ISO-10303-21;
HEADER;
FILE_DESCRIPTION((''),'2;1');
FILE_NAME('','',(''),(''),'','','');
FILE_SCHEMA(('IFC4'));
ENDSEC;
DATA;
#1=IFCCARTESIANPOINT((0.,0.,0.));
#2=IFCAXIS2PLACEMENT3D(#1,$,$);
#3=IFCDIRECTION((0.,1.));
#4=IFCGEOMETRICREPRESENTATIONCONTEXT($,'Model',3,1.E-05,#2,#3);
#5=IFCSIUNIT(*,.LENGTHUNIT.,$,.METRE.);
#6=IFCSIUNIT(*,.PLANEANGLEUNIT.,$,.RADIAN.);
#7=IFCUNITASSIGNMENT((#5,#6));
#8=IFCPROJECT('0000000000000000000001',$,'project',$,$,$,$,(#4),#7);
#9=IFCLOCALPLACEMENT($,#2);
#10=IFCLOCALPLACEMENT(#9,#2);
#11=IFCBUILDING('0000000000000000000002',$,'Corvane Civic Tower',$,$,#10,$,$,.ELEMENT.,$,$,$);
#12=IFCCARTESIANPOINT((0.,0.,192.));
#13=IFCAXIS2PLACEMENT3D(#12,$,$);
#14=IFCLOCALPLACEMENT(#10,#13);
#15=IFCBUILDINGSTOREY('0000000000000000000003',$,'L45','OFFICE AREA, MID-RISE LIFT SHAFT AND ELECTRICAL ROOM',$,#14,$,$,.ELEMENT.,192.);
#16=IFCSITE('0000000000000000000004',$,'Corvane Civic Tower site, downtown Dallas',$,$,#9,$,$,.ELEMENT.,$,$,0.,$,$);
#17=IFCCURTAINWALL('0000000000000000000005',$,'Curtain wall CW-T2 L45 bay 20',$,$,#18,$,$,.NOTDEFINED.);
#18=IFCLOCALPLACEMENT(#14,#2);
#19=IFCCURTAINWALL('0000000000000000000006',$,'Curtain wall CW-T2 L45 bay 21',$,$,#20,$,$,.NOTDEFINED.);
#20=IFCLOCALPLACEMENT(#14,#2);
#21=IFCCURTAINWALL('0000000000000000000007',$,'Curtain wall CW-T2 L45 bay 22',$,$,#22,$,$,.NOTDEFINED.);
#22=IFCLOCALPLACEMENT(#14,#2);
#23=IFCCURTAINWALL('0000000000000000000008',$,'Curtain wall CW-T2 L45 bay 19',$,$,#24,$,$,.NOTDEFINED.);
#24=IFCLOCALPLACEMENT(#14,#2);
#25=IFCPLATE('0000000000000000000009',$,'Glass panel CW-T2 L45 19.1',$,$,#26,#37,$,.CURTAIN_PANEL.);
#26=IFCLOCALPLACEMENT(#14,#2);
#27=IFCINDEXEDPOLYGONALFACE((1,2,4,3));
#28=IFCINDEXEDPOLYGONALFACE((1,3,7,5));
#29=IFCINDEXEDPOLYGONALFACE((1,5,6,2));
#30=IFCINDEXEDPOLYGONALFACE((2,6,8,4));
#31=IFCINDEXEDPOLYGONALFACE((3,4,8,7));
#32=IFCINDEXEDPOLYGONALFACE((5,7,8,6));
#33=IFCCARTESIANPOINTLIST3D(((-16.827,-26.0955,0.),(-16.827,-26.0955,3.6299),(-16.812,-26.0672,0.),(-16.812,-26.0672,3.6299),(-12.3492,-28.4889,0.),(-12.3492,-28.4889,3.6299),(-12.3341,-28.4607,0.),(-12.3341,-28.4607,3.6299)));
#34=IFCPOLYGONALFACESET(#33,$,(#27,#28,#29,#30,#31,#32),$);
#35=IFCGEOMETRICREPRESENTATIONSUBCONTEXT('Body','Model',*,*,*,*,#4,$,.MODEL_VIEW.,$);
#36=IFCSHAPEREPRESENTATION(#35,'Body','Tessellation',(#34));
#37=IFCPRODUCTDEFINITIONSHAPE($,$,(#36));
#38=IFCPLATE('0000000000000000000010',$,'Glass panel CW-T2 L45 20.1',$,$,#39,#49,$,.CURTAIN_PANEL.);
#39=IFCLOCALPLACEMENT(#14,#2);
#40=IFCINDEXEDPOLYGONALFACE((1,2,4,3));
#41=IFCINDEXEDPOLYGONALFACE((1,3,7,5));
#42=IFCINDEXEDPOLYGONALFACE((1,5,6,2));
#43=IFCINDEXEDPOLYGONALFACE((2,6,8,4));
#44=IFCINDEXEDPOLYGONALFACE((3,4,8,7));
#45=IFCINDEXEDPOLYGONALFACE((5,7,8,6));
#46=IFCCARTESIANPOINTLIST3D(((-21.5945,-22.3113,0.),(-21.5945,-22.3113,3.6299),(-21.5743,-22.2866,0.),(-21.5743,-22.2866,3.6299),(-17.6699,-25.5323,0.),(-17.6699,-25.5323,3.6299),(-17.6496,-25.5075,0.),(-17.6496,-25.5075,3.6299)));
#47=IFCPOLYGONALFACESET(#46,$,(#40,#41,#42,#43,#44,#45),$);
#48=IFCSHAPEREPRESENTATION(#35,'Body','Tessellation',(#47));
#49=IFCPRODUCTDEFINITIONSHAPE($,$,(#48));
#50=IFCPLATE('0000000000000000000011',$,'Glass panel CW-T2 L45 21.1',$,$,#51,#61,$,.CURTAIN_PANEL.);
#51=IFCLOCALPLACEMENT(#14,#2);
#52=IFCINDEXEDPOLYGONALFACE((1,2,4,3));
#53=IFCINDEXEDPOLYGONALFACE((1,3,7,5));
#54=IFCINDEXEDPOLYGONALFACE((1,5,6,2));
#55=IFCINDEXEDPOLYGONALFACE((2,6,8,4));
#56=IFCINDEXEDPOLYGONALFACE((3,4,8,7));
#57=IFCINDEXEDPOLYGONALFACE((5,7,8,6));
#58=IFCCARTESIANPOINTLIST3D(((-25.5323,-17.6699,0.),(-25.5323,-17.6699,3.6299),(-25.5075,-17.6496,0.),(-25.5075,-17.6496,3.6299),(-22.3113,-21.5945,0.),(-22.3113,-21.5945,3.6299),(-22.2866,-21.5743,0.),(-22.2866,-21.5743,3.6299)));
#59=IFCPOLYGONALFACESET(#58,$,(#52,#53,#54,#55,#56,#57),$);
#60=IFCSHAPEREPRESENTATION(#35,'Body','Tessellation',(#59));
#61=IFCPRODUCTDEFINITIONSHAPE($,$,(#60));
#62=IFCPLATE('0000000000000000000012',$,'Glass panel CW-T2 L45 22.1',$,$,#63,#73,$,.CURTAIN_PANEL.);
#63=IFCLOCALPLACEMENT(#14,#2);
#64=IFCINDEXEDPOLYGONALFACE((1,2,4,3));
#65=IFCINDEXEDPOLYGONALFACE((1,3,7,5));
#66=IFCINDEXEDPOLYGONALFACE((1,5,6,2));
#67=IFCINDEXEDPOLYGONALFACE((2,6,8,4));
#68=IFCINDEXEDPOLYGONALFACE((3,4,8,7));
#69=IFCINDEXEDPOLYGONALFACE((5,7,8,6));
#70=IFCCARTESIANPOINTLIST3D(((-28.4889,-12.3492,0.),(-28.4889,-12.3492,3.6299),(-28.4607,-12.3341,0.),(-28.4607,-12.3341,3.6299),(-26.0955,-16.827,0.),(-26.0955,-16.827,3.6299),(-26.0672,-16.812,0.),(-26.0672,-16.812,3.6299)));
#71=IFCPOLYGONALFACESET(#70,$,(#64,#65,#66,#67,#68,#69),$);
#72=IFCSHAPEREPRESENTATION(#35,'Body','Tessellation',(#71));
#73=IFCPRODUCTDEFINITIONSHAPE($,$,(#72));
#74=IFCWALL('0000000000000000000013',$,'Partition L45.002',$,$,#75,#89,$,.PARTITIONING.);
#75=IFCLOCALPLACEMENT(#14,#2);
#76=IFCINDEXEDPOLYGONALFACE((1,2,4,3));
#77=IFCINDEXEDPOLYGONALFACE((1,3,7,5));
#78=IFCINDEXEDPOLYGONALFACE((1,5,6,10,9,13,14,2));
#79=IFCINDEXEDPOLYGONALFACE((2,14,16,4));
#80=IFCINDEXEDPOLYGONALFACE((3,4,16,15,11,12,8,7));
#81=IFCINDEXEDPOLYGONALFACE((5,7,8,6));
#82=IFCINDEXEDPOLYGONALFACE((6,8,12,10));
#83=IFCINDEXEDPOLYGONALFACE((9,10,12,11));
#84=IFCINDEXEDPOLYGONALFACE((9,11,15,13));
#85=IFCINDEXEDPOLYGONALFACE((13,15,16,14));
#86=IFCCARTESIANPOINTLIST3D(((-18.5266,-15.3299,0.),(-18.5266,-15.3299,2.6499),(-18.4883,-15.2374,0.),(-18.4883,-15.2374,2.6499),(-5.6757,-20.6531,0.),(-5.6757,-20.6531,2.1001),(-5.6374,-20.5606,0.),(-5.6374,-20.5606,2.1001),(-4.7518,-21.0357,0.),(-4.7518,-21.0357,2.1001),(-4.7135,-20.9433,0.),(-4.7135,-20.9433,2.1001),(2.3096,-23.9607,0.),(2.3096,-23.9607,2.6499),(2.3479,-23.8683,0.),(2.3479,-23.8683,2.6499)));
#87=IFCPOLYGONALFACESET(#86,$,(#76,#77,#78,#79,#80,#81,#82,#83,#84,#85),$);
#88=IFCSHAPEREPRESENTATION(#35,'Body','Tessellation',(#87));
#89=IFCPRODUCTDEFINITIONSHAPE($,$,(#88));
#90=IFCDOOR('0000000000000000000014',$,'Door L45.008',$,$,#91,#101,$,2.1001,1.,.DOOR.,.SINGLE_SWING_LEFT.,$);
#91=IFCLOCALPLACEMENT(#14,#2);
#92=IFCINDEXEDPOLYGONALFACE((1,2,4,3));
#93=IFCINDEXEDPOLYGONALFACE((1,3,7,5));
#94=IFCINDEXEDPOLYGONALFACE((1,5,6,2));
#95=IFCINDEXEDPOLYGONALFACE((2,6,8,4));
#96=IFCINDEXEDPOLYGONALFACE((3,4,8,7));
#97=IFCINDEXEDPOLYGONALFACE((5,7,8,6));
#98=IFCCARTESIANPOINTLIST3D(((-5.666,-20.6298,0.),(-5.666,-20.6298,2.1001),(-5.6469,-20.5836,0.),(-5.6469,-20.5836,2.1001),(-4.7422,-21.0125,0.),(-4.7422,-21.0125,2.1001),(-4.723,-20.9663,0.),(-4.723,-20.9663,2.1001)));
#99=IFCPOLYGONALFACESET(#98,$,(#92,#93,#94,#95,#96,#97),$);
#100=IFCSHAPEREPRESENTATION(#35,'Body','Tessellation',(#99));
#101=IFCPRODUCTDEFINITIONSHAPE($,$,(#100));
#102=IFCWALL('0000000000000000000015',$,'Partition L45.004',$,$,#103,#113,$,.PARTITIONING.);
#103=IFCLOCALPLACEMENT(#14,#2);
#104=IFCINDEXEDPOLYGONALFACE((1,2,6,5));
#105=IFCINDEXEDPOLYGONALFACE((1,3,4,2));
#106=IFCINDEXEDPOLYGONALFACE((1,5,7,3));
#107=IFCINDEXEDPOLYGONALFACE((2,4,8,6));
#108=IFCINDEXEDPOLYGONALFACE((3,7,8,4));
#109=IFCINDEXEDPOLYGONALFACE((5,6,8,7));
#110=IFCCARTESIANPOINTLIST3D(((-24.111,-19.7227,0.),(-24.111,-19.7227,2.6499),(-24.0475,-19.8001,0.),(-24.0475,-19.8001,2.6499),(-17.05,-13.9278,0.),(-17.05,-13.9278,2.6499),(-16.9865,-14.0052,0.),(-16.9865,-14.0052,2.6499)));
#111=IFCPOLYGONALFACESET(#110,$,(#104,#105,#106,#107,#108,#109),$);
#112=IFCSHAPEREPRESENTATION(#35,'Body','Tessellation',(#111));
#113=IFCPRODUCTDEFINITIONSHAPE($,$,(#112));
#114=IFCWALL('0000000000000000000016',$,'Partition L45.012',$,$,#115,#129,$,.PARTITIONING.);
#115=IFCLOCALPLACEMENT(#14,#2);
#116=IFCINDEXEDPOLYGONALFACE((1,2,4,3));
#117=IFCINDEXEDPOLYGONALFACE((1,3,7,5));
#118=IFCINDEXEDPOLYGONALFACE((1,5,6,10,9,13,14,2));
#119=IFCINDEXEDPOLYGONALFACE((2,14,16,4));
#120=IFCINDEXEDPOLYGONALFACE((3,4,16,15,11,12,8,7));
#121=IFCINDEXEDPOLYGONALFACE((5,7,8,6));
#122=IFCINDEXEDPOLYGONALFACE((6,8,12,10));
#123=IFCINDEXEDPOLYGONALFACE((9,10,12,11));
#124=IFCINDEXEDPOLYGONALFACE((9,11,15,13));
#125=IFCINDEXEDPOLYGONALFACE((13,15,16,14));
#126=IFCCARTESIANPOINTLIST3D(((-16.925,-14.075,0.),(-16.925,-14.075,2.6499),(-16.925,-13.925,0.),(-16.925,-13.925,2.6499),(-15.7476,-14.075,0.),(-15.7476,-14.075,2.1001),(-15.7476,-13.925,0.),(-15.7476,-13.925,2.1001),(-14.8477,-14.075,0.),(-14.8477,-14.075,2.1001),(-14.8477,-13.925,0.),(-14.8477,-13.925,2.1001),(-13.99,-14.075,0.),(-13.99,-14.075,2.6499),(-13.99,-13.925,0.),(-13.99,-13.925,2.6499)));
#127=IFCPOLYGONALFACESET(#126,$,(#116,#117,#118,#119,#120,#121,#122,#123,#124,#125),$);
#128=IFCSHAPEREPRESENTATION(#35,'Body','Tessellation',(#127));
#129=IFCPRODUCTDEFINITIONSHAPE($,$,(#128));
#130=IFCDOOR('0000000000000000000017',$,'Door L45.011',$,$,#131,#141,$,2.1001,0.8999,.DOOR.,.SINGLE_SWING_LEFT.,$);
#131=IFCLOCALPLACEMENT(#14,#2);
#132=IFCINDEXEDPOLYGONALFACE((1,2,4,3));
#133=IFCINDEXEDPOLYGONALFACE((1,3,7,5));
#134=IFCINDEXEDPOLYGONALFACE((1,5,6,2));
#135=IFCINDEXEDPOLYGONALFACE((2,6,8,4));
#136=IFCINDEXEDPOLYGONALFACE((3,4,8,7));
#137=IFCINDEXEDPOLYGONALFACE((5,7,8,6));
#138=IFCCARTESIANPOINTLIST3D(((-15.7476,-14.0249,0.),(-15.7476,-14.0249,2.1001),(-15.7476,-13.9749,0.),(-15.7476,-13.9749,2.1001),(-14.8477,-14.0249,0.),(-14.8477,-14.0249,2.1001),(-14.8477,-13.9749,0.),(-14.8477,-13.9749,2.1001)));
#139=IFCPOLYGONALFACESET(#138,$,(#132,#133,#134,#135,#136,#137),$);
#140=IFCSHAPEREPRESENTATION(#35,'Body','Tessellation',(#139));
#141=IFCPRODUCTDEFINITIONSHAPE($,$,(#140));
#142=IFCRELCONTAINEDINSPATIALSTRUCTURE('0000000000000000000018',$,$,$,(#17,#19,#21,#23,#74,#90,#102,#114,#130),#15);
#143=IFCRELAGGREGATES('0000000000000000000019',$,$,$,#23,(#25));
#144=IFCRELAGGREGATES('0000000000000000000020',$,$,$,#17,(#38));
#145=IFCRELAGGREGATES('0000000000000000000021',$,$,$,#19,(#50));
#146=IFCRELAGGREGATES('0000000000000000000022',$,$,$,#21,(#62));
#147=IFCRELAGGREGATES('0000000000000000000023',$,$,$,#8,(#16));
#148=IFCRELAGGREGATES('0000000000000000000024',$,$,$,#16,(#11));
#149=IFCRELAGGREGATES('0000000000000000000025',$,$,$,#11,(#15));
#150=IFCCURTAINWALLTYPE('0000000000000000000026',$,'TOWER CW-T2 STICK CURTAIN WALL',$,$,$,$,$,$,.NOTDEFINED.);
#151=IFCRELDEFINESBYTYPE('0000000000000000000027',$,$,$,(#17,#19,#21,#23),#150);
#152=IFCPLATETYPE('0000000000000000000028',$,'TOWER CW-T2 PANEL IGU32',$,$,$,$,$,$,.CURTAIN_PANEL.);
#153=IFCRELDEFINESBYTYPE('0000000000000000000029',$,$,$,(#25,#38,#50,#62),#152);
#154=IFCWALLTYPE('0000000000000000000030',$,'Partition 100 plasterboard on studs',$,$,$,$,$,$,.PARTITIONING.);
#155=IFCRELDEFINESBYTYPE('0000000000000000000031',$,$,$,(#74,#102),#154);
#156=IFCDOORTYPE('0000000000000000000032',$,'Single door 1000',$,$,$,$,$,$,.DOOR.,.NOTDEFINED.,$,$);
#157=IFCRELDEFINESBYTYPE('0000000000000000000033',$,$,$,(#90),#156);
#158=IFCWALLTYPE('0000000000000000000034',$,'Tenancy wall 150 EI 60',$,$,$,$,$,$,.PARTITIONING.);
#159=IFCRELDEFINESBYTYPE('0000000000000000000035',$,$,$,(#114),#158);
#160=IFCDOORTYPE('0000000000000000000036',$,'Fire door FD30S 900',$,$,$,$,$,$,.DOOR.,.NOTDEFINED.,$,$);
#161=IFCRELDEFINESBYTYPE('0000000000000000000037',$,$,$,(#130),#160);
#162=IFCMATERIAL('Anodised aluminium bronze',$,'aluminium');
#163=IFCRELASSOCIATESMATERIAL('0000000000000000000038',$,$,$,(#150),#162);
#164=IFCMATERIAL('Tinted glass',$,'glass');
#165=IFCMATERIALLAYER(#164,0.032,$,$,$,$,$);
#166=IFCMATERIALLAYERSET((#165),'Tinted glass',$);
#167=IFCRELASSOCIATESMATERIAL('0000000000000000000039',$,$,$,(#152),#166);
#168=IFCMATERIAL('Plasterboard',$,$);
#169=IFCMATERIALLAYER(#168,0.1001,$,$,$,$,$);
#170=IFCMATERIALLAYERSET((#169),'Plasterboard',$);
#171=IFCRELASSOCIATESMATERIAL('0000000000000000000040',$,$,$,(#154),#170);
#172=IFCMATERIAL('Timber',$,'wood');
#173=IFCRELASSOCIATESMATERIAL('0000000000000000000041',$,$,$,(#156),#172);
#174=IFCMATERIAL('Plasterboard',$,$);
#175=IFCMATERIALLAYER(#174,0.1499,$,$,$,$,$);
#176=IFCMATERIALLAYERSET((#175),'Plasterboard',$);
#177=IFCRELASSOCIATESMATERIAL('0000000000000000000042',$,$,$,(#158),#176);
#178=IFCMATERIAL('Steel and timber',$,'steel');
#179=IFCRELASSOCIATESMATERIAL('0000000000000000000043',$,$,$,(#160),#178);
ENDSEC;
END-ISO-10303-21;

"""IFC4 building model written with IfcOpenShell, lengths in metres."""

from ifc_helpers import new_model, si_unit, direction, frame, frame_2d, origin, origin_2d, place, context, subcontext, project, spatial, rectangle, extrude, material, layer, layer_set, type_object, element, fill, aggregate, save


model = new_model("IFC4")

# Units and contexts
model_context = context("Model", 3, precision=1e-05, world=origin(), true_north=direction((0.0, 1.0)))
body_context = subcontext(model_context, "Body", "Model", "MODEL_VIEW")
ifc_project = project(units=[si_unit("LENGTHUNIT", "METRE"), si_unit("PLANEANGLEUNIT", "RADIAN")], contexts=[model_context])

# Site, building, storey
site_placement = place(None, origin())
site = spatial("IfcSite", under=ifc_project, at=site_placement, Name="Corvane Civic Tower site, downtown Dallas", CompositionType="ELEMENT", RefElevation=0.0)
building_placement = place(site_placement, origin())
building = spatial("IfcBuilding", under=site, at=building_placement, Name="Corvane Civic Tower", CompositionType="ELEMENT")
storey_placement = place(building_placement, frame((0.0, 0.0, 192.0)))
storey = spatial("IfcBuildingStorey", under=building, at=storey_placement, Name="L45", Description="OFFICE AREA, MID-RISE LIFT SHAFT AND ELECTRICAL ROOM", CompositionType="ELEMENT", Elevation=192.0)

# Curtain walls
ifc_material_1 = material(Name="Anodised aluminium bronze", Category="aluminium")
curtain_wall_type = type_object("IfcCurtainWallType", Name="TOWER CW-T2 STICK CURTAIN WALL", PredefinedType="NOTDEFINED", material=ifc_material_1)
curtain_wall_1_placement = place(storey_placement, origin())
curtain_wall_1 = element("IfcCurtainWall", 1, at=curtain_wall_1_placement, inside=storey, type_object=curtain_wall_type, Name="Curtain wall CW-T2 L45 bay 20", PredefinedType="NOTDEFINED")
curtain_wall_2_placement = place(storey_placement, origin())
curtain_wall_2 = element("IfcCurtainWall", 2, at=curtain_wall_2_placement, inside=storey, type_object=curtain_wall_type, Name="Curtain wall CW-T2 L45 bay 21", PredefinedType="NOTDEFINED")
curtain_wall_3_placement = place(storey_placement, origin())
curtain_wall_3 = element("IfcCurtainWall", 3, at=curtain_wall_3_placement, inside=storey, type_object=curtain_wall_type, Name="Curtain wall CW-T2 L45 bay 22", PredefinedType="NOTDEFINED")

# Curtain wall, plate
curtain_wall_4_placement = place(storey_placement, origin())
curtain_wall_4 = element("IfcCurtainWall", 4, at=curtain_wall_4_placement, inside=storey, type_object=curtain_wall_type, Name="Curtain wall CW-T2 L45 bay 19", PredefinedType="NOTDEFINED")
ifc_material_2 = material(Name="Tinted glass", Category="glass")
ifc_layer_1 = layer(ifc_material_2, 0.032)
ifc_layer_set_1 = layer_set([ifc_layer_1], Name="Tinted glass")
plate_type = type_object("IfcPlateType", Name="TOWER CW-T2 PANEL IGU32", PredefinedType="CURTAIN_PANEL", material=ifc_layer_set_1)
plate_1_placement = place(storey_placement, frame((-14.5806, -27.2781, 0.0), z_axis=(0.0, 0.0, 1.0), x_axis=(-0.881922, 0.471395, 0.0)))
plate_1 = element("IfcPlate", 5, at=plate_1_placement, type_object=plate_type, Name="Glass panel CW-T2 L45 19.1", PredefinedType="CURTAIN_PANEL", context=body_context, shape_type="SweptSolid", body=[
    extrude(rectangle(XDim=5.0774, YDim=0.032, at=origin_2d()), origin(), (0.0, 0.0, 1.0), 3.6299),
])
aggregate(curtain_wall_4, [plate_1])

# Plates
plate_2_placement = place(storey_placement, frame((-19.6221, -23.9094, 0.0), z_axis=(0.0, 0.0, 1.0), x_axis=(-0.773005, 0.6344, 0.0)))
plate_2 = element("IfcPlate", 6, at=plate_2_placement, type_object=plate_type, Name="Glass panel CW-T2 L45 20.1", PredefinedType="CURTAIN_PANEL", context=body_context, shape_type="SweptSolid", body=[
    extrude(rectangle(XDim=5.0771, YDim=0.032, at=origin_2d()), origin(), (0.0, 0.0, 1.0), 3.6299),
])
aggregate(curtain_wall_1, [plate_2])
plate_3_placement = place(storey_placement, frame((-23.9094, -19.6221, 0.0), z_axis=(0.0, 0.0, 1.0), x_axis=(-0.6344, 0.773005, 0.0)))
plate_3 = element("IfcPlate", 7, at=plate_3_placement, type_object=plate_type, Name="Glass panel CW-T2 L45 21.1", PredefinedType="CURTAIN_PANEL", context=body_context, shape_type="SweptSolid", body=[
    extrude(rectangle(XDim=5.0771, YDim=0.032, at=origin_2d()), origin(), (0.0, 0.0, 1.0), 3.6299),
])
aggregate(curtain_wall_2, [plate_3])
plate_4_placement = place(storey_placement, frame((-27.2781, -14.5806, 0.0), z_axis=(0.0, 0.0, 1.0), x_axis=(-0.471395, 0.881922, 0.0)))
plate_4 = element("IfcPlate", 8, at=plate_4_placement, type_object=plate_type, Name="Glass panel CW-T2 L45 22.1", PredefinedType="CURTAIN_PANEL", context=body_context, shape_type="SweptSolid", body=[
    extrude(rectangle(XDim=5.0774, YDim=0.032, at=origin_2d()), origin(), (0.0, 0.0, 1.0), 3.6299),
])
aggregate(curtain_wall_3, [plate_4])

# Wall, opening, door
ifc_material_3 = material(Name="Plasterboard")
ifc_layer_2 = layer(ifc_material_3, 0.1001)
ifc_layer_set_2 = layer_set([ifc_layer_2], Name="Plasterboard")
wall_type_1 = type_object("IfcWallType", Name="Partition 100 plasterboard on studs", PredefinedType="PARTITIONING", material=ifc_layer_set_2)
wall_1_placement = place(storey_placement, frame((-18.5073, -15.2837, 0.0), z_axis=(0.0, 0.0, 1.0), x_axis=(0.923876, -0.382692, 0.0)))
wall_1 = element("IfcWall", 9, at=wall_1_placement, inside=storey, type_object=wall_type_1, Name="Partition L45.002", PredefinedType="PARTITIONING", context=body_context, shape_type="SweptSolid", body=[
    extrude(rectangle(XDim=22.553, YDim=0.1001, at=frame_2d((11.2764, 0.0))), origin(), (0.0, 0.0, 1.0), 2.6499),
])
opening_1_placement = place(wall_1_placement, frame((13.9097, 0.0, 0.0)))
opening_1 = element("IfcOpeningElement", 10, at=opening_1_placement, cuts=wall_1, PredefinedType="OPENING", context=body_context, shape_type="SweptSolid", body=[
    extrude(rectangle(XDim=1.0, YDim=2.1001, at=frame_2d((0.5, 1.05))), frame((0.0, 0.0601, 0.0), z_axis=(0.0, -1.0, 0.0), x_axis=(1.0, 0.0, 0.0)), (0.0, 0.0, 1.0), 0.1201),
])
ifc_material_4 = material(Name="Timber", Category="wood")
door_type_1 = type_object("IfcDoorType", Name="Single door 1000", OperationType="NOTDEFINED", PredefinedType="DOOR", material=ifc_material_4)
door_1_placement = place(opening_1_placement, frame((1.0, 0.0, 0.0), z_axis=(0.0, 0.0, 1.0), x_axis=(-1.0, 0.0, 0.0)))
door_1 = element("IfcDoor", 11, at=door_1_placement, inside=storey, type_object=door_type_1, Name="Door L45.008", OperationType="SINGLE_SWING_LEFT", OverallHeight=2.1001, OverallWidth=1.0, PredefinedType="DOOR", context=body_context, shape_type="SweptSolid", body=[
    extrude(rectangle(XDim=1.0, YDim=2.1001, at=frame_2d((0.5, 1.05))), frame((0.0, 0.0249, 0.0), z_axis=(0.0, -1.0, 0.0), x_axis=(1.0, 0.0, 0.0)), (0.0, 0.0, 1.0), 0.05),
])
fill(opening_1, door_1)

# Wall
wall_2_placement = place(storey_placement, frame((-24.0793, -19.7615, 0.0), z_axis=(0.0, 0.0, 1.0), x_axis=(0.773006, 0.634399, 0.0)))
element("IfcWall", 12, at=wall_2_placement, inside=storey, type_object=wall_type_1, Name="Partition L45.004", PredefinedType="PARTITIONING", context=body_context, shape_type="SweptSolid", body=[
    extrude(rectangle(XDim=9.1345, YDim=0.1001, at=frame_2d((4.5674, 0.0))), origin(), (0.0, 0.0, 1.0), 2.6499),
])

# Wall, opening, door
ifc_material_5 = material(Name="Plasterboard")
ifc_layer_3 = layer(ifc_material_5, 0.1499)
ifc_layer_set_3 = layer_set([ifc_layer_3], Name="Plasterboard")
wall_type_2 = type_object("IfcWallType", Name="Tenancy wall 150 EI 60", PredefinedType="PARTITIONING", material=ifc_layer_set_3)
wall_3_placement = place(storey_placement, frame((-16.925, -14.0, 0.0), z_axis=(0.0, 0.0, 1.0), x_axis=(1.0, 0.0, 0.0)))
wall_3 = element("IfcWall", 13, at=wall_3_placement, inside=storey, type_object=wall_type_2, Name="Partition L45.012", PredefinedType="PARTITIONING", context=body_context, shape_type="SweptSolid", body=[
    extrude(rectangle(XDim=2.9351, YDim=0.1499, at=frame_2d((1.4675, 0.0))), origin(), (0.0, 0.0, 1.0), 2.6499),
])
opening_2_placement = place(wall_3_placement, frame((1.1775, 0.0, 0.0)))
opening_2 = element("IfcOpeningElement", 14, at=opening_2_placement, cuts=wall_3, PredefinedType="OPENING", context=body_context, shape_type="SweptSolid", body=[
    extrude(rectangle(XDim=0.8999, YDim=2.1001, at=frame_2d((0.45, 1.05))), frame((0.0, 0.085, 0.0), z_axis=(0.0, -1.0, 0.0), x_axis=(1.0, 0.0, 0.0)), (0.0, 0.0, 1.0), 0.1699),
])
ifc_material_6 = material(Name="Steel and timber", Category="steel")
door_type_2 = type_object("IfcDoorType", Name="Fire door FD30S 900", OperationType="NOTDEFINED", PredefinedType="DOOR", material=ifc_material_6)
door_2_placement = place(opening_2_placement, frame((0.8999, 0.0, 0.0), z_axis=(0.0, 0.0, 1.0), x_axis=(-1.0, 0.0, 0.0)))
door_2 = element("IfcDoor", 15, at=door_2_placement, inside=storey, type_object=door_type_2, Name="Door L45.011", OperationType="SINGLE_SWING_LEFT", OverallHeight=2.1001, OverallWidth=0.8999, PredefinedType="DOOR", context=body_context, shape_type="SweptSolid", body=[
    extrude(rectangle(XDim=0.8999, YDim=2.1001, at=frame_2d((0.45, 1.05))), frame((0.0, 0.0249, 0.0), z_axis=(0.0, -1.0, 0.0), x_axis=(1.0, 0.0, 0.0)), (0.0, 0.0, 1.0), 0.05),
])
fill(opening_2, door_2)

save(model, "model.ifc")
